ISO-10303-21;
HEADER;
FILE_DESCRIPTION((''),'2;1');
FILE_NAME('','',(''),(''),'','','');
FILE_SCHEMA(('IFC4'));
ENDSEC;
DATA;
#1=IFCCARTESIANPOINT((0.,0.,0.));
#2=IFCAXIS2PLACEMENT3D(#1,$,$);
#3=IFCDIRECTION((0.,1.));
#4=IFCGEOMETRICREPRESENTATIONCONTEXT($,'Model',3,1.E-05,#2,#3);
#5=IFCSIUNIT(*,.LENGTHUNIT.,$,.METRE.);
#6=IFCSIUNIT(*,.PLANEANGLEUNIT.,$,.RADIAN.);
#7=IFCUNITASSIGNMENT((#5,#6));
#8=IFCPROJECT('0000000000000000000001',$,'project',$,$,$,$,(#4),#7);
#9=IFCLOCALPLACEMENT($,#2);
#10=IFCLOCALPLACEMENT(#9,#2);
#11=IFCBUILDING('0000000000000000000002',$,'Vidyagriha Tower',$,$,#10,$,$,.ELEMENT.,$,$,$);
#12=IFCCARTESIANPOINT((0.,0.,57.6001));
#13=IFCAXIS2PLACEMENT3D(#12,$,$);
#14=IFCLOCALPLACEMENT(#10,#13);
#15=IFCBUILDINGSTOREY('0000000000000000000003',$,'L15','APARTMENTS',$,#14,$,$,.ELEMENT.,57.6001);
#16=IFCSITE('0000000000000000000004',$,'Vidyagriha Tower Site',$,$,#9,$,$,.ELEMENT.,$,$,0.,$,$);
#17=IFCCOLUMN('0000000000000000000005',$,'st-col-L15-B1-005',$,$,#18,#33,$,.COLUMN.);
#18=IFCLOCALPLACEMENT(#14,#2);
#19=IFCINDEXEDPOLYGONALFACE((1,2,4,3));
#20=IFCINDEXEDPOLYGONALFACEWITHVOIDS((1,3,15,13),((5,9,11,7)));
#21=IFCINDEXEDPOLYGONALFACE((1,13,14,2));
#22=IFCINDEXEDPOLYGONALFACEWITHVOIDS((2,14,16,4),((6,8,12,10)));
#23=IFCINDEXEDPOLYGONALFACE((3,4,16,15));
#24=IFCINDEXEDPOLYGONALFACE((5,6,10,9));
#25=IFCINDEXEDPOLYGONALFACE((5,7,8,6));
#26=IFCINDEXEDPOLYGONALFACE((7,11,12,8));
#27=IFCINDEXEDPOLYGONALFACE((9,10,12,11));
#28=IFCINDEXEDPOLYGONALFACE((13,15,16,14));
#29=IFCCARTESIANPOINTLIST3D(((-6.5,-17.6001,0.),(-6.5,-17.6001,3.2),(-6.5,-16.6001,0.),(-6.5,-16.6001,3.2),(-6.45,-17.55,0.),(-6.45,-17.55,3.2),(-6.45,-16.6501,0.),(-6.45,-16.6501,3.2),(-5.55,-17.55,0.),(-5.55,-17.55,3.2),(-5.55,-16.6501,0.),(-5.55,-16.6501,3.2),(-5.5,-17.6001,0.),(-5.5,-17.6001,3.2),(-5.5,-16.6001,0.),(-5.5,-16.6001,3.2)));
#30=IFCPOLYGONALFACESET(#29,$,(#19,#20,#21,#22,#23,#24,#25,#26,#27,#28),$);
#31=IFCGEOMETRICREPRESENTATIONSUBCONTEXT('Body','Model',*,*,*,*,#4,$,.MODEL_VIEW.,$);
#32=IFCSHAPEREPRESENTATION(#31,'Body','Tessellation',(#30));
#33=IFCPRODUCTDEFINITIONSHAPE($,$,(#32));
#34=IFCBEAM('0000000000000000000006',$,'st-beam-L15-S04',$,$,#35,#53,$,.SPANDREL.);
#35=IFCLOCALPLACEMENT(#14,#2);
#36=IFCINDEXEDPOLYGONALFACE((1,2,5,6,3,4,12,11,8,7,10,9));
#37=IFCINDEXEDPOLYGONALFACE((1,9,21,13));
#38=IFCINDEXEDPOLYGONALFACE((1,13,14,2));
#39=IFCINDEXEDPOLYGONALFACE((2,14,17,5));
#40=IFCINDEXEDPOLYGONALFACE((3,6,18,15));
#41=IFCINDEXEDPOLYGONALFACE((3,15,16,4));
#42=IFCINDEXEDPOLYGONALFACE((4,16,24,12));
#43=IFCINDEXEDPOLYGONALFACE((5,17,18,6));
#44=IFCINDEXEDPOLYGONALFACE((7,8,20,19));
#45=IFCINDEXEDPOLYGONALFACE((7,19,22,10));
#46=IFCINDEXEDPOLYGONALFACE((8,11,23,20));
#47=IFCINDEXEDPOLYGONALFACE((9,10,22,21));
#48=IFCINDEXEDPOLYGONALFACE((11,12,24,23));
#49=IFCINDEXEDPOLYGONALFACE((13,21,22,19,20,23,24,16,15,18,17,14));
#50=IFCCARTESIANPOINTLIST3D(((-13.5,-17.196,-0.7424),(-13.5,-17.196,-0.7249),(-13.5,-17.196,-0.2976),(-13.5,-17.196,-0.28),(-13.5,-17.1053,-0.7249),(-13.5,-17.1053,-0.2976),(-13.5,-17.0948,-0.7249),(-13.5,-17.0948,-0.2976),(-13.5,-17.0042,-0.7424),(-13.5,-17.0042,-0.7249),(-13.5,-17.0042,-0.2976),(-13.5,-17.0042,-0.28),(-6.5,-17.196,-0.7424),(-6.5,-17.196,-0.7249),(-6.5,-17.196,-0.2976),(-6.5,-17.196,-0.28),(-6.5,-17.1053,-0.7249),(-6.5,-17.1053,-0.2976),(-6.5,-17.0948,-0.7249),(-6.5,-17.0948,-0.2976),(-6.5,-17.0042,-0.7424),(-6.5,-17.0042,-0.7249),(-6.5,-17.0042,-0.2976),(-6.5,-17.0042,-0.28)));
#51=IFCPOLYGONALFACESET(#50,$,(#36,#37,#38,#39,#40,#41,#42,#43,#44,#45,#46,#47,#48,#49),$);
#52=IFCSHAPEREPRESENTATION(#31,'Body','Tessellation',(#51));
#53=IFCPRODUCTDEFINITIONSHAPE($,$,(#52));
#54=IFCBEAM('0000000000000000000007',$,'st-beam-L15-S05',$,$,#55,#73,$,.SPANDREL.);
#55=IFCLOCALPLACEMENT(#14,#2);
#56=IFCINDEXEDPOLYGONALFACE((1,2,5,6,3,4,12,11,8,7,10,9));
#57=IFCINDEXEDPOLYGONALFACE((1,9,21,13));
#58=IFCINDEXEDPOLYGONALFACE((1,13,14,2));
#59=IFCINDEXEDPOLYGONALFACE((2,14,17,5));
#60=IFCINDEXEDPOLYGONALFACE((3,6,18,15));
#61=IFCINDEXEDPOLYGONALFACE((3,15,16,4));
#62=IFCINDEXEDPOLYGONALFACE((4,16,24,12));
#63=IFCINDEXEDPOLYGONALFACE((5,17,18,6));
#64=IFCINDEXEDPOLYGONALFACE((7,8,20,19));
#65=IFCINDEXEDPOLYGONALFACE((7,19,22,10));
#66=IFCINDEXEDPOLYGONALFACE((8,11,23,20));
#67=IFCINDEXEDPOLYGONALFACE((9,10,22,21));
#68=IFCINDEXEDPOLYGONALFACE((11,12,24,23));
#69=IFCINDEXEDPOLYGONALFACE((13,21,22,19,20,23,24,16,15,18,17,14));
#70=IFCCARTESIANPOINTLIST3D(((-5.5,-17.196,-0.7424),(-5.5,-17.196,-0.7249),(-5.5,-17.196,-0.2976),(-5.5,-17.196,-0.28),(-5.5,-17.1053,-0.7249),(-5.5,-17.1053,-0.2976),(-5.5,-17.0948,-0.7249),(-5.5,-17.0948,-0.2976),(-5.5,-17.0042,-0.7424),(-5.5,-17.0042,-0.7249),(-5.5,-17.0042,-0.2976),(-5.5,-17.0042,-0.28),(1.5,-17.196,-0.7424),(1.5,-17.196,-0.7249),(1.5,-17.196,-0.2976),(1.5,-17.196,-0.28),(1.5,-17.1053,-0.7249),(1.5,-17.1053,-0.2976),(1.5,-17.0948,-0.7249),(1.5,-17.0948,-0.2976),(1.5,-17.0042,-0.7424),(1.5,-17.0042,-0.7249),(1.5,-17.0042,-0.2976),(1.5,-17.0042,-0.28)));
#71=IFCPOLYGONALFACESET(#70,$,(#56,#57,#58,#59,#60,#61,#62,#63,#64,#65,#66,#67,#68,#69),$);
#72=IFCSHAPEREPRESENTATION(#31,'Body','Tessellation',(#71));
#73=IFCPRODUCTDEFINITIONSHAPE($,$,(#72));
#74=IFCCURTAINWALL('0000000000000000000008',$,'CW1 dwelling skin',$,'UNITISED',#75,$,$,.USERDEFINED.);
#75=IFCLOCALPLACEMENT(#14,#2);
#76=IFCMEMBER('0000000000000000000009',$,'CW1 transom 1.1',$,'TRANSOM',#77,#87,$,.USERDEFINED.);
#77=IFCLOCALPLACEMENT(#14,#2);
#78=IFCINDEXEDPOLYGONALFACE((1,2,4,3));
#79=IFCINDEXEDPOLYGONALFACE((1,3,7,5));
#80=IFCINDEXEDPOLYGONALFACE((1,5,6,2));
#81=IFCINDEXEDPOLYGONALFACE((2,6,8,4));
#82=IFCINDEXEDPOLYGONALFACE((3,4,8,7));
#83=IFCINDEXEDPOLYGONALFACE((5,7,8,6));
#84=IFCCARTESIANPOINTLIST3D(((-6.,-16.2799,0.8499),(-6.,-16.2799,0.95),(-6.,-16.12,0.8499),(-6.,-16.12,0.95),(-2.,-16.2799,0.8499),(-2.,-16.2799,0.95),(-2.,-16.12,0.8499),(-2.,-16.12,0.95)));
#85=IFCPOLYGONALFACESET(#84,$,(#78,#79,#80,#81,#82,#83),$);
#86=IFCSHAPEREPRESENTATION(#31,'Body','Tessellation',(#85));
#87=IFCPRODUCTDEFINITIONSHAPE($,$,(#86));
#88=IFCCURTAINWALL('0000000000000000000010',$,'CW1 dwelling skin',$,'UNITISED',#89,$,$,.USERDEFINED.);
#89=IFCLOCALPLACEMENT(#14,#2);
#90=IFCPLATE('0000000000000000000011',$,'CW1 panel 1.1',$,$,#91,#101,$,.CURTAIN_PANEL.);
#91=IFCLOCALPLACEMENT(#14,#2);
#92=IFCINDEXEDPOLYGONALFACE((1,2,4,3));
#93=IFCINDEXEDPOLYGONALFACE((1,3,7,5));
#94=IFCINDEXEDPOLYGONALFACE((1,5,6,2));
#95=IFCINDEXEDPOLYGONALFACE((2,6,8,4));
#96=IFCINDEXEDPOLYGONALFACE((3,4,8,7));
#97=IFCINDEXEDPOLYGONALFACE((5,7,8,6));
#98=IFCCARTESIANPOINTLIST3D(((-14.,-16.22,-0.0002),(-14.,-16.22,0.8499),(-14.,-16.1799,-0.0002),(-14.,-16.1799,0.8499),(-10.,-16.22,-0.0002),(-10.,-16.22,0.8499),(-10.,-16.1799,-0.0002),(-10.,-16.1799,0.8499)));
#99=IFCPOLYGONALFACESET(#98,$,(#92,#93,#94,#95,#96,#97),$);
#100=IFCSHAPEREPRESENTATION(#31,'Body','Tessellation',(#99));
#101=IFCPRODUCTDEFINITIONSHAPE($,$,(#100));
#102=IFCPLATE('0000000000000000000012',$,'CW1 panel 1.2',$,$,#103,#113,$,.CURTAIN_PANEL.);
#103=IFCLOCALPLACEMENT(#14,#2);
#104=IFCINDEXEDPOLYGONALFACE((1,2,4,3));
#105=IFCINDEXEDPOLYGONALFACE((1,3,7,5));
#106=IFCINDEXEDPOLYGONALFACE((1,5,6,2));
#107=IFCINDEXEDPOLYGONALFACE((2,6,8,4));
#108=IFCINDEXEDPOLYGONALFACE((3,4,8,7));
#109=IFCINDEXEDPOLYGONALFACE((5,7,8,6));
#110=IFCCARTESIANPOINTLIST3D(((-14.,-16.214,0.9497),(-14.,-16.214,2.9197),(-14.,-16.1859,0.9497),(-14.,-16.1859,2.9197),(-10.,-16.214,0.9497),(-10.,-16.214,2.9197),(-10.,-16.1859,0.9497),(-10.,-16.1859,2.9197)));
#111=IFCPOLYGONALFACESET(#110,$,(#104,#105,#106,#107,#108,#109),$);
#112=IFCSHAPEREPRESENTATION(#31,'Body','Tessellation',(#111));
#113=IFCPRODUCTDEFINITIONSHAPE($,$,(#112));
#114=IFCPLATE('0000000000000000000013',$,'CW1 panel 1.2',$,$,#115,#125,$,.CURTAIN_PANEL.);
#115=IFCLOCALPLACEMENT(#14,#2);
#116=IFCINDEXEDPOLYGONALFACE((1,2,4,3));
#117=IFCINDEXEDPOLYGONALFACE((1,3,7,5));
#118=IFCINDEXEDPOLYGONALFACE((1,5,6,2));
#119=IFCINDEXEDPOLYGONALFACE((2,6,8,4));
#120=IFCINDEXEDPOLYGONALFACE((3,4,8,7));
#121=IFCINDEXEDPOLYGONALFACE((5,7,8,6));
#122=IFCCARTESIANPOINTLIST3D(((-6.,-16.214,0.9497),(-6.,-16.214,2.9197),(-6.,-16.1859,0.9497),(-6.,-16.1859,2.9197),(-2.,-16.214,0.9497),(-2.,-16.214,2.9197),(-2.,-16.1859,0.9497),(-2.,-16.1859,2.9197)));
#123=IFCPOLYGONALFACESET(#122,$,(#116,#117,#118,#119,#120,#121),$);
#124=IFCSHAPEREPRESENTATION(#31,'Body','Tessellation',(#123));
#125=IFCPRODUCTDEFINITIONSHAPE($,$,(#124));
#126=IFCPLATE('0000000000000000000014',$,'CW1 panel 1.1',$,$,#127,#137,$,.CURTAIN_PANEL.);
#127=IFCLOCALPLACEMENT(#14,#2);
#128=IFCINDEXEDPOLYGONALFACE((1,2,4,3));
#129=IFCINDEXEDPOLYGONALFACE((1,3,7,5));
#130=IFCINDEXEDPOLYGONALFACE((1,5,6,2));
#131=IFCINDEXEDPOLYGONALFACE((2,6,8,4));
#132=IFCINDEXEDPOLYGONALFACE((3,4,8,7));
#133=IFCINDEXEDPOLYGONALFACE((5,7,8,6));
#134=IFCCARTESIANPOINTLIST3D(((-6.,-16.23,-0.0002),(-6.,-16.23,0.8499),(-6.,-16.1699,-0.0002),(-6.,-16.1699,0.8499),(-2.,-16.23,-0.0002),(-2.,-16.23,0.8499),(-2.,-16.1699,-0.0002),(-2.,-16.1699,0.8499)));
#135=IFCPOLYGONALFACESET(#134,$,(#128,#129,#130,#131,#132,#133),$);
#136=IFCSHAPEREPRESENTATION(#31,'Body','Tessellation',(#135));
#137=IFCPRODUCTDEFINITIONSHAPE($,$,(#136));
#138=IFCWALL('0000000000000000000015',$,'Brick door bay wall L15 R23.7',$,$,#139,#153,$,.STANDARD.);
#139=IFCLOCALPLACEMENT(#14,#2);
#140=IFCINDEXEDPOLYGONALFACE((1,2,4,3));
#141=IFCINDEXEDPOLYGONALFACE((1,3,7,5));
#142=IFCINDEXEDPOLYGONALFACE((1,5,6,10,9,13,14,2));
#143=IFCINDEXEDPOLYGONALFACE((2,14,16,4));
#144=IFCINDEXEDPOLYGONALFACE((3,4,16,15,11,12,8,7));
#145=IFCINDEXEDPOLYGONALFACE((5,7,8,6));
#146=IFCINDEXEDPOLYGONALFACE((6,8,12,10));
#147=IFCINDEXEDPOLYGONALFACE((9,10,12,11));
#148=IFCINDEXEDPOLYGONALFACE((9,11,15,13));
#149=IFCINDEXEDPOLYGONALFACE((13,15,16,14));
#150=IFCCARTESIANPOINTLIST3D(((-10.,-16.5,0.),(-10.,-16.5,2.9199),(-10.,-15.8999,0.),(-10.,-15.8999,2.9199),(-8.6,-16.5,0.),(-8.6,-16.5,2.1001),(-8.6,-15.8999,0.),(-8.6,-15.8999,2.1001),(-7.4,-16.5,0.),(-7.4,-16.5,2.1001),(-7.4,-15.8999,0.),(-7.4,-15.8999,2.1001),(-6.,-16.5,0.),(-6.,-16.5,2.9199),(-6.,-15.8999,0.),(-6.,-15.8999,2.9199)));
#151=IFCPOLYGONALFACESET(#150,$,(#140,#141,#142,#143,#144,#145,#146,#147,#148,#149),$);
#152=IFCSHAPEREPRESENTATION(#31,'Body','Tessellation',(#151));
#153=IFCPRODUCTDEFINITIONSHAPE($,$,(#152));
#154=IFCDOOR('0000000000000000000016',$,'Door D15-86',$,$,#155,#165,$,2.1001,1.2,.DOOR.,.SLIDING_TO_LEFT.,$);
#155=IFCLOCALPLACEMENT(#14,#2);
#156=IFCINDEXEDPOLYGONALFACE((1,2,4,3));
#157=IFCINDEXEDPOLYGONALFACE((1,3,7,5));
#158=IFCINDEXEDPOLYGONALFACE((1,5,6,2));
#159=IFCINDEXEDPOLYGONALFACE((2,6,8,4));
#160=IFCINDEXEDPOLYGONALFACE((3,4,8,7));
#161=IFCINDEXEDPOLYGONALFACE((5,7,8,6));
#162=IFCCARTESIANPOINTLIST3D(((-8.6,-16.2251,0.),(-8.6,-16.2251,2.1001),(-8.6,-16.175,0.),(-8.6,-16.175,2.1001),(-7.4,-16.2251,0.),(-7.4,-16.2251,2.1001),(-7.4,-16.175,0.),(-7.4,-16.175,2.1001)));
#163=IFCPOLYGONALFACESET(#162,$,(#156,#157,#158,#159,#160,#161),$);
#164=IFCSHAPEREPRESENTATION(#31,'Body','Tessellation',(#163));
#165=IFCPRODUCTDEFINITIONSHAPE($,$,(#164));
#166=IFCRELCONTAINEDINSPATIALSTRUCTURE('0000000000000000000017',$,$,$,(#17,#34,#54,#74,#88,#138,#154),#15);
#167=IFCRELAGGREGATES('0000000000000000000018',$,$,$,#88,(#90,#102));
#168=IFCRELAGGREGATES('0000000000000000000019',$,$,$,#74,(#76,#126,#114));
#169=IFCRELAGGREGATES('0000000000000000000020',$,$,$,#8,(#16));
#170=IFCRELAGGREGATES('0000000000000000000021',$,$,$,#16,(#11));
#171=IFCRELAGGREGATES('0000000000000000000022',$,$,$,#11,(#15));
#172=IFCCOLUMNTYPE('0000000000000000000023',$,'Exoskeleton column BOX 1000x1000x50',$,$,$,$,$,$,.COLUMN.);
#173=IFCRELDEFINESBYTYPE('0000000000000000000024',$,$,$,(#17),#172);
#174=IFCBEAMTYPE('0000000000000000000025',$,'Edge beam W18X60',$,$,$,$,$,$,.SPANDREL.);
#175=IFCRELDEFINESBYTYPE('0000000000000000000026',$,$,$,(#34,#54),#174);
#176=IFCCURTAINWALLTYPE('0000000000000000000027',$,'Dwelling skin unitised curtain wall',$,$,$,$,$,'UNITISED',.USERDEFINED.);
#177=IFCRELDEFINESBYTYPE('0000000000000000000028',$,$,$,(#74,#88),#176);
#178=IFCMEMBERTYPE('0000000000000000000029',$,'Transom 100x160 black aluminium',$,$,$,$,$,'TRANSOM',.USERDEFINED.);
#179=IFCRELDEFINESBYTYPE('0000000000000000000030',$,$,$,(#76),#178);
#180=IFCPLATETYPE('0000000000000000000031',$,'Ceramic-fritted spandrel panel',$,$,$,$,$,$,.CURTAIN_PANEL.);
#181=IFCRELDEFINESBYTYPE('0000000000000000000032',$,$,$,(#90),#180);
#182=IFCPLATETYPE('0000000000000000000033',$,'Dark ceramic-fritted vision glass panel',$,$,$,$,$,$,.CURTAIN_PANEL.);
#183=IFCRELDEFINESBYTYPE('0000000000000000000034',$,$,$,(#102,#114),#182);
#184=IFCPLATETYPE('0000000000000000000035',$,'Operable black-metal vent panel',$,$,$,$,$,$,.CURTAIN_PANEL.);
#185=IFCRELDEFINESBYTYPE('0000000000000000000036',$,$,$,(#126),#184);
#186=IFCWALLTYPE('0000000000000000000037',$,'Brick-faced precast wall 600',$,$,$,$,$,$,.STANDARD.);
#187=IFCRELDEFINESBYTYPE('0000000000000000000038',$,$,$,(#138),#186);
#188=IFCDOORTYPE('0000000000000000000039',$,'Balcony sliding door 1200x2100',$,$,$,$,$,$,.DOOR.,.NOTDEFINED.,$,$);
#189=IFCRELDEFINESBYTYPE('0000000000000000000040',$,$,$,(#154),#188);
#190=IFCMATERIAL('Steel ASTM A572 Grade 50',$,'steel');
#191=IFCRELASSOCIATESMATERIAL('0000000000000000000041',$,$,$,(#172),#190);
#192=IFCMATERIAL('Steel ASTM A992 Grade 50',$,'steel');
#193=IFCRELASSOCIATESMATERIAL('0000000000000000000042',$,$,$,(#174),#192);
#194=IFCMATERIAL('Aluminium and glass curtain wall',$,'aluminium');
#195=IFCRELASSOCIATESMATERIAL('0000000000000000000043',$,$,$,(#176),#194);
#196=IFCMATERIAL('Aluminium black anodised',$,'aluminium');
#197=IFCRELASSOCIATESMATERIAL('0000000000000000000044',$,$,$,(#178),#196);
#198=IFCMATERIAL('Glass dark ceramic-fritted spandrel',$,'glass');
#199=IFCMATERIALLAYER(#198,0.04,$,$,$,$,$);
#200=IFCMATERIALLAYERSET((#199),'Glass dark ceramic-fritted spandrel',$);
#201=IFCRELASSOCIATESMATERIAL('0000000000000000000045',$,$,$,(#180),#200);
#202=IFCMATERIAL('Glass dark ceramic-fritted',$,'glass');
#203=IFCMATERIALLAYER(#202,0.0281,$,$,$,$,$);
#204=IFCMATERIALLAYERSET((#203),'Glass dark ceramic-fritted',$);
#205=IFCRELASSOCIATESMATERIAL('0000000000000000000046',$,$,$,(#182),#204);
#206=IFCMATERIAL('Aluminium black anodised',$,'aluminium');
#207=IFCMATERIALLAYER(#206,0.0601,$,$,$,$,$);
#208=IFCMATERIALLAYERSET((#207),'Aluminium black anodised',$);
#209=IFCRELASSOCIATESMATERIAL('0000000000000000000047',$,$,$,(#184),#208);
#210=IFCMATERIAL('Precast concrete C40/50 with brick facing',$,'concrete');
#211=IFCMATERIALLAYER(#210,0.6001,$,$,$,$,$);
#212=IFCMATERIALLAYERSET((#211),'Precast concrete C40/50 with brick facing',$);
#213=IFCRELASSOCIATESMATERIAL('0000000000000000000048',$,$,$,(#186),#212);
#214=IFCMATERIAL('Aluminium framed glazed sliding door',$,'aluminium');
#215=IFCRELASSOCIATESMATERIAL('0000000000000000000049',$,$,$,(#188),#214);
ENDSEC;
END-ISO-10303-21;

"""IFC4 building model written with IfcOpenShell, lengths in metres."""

from ifc_helpers import new_model, si_unit, direction, frame, frame_2d, origin, origin_2d, place, context, subcontext, project, spatial, rectangle, hollow_rectangle, i_section, extrude, material, layer, layer_set, material_profile, profile_set, type_object, element, fill, aggregate, save


model = new_model("IFC4")

# Units and contexts
model_context = context("Model", 3, precision=1e-05, world=origin(), true_north=direction((0.0, 1.0)))
body_context = subcontext(model_context, "Body", "Model", "MODEL_VIEW")
ifc_project = project(units=[si_unit("LENGTHUNIT", "METRE"), si_unit("PLANEANGLEUNIT", "RADIAN")], contexts=[model_context])

# Site, building, storey
site_placement = place(None, origin())
site = spatial("IfcSite", under=ifc_project, at=site_placement, Name="Vidyagriha Tower Site", CompositionType="ELEMENT", RefElevation=0.0)
building_placement = place(site_placement, origin())
building = spatial("IfcBuilding", under=site, at=building_placement, Name="Vidyagriha Tower", CompositionType="ELEMENT")
storey_placement = place(building_placement, frame((0.0, 0.0, 57.6001)))
storey = spatial("IfcBuildingStorey", under=building, at=storey_placement, Name="L15", Description="APARTMENTS", CompositionType="ELEMENT", Elevation=57.6001)

# Column
ifc_material_1 = material(Name="Steel ASTM A572 Grade 50", Category="steel")
ifc_material_profile_1 = material_profile(ifc_material_1, hollow_rectangle(XDim=1.0, YDim=1.0, WallThickness=0.05, at=origin_2d()), Name="BOX 1000x1000x50")
ifc_profile_set_1 = profile_set([ifc_material_profile_1], Name="Steel ASTM A572 Grade 50")
column_type = type_object("IfcColumnType", Name="Exoskeleton column BOX 1000x1000x50", PredefinedType="COLUMN", material=ifc_profile_set_1)
column_placement = place(storey_placement, frame((-6.0, -17.1001, 0.0)))
element("IfcColumn", 1, at=column_placement, inside=storey, type_object=column_type, Name="st-col-L15-B1-005", PredefinedType="COLUMN", context=body_context, shape_type="SweptSolid", body=[
    extrude(hollow_rectangle(XDim=1.0, YDim=1.0, WallThickness=0.05, at=origin_2d()), origin(), (0.0, 0.0, 1.0), 3.2),
])

# Beams
ifc_material_2 = material(Name="Steel ASTM A992 Grade 50", Category="steel")
ifc_material_profile_2 = material_profile(ifc_material_2, i_section(OverallWidth=0.1919, OverallDepth=0.4624, WebThickness=0.0105, FlangeThickness=0.0176, at=origin_2d()), Name="W18X60")
ifc_profile_set_2 = profile_set([ifc_material_profile_2], Name="Steel ASTM A992 Grade 50")
beam_type = type_object("IfcBeamType", Name="Edge beam W18X60", PredefinedType="SPANDREL", material=ifc_profile_set_2)
for number, where, z_axis, x_axis, name in (
    (2, (-13.5, -17.1001, -0.5112), (1.0, 0.0, 0.0), (0.0, 1.0, 0.0), "st-beam-L15-S04"),
    (3, (-5.5, -17.1001, -0.5112), (1.0, 0.0, 0.0), (0.0, 1.0, 0.0), "st-beam-L15-S05"),
):
    element("IfcBeam", number, at=place(storey_placement, frame(where, z_axis=z_axis, x_axis=x_axis)), inside=storey, type_object=beam_type, Name=name, PredefinedType="SPANDREL", context=body_context, shape_type="SweptSolid", body=[
        extrude(i_section(OverallWidth=0.1919, OverallDepth=0.4624, WebThickness=0.0105, FlangeThickness=0.0176, at=origin_2d()), origin(), (0.0, 0.0, 1.0), 7.0),
    ])

# Curtain wall, member
ifc_material_3 = material(Name="Aluminium and glass curtain wall", Category="aluminium")
curtain_wall_type = type_object("IfcCurtainWallType", Name="Dwelling skin unitised curtain wall", ElementType="UNITISED", PredefinedType="USERDEFINED", material=ifc_material_3)
curtain_wall_1_placement = place(storey_placement, origin())
curtain_wall_1 = element("IfcCurtainWall", 4, at=curtain_wall_1_placement, inside=storey, type_object=curtain_wall_type, Name="CW1 dwelling skin", ObjectType="UNITISED", PredefinedType="USERDEFINED")
ifc_material_4 = material(Name="Aluminium black anodised", Category="aluminium")
ifc_material_profile_3 = material_profile(ifc_material_4, rectangle(XDim=0.1599, YDim=0.1001, at=origin_2d()), Name="Transom 100x160 black aluminium")
ifc_profile_set_3 = profile_set([ifc_material_profile_3], Name="Aluminium black anodised")
member_type = type_object("IfcMemberType", Name="Transom 100x160 black aluminium", ElementType="TRANSOM", PredefinedType="USERDEFINED", material=ifc_profile_set_3)
member_placement = place(storey_placement, frame((-6.0, -16.2, 0.8999), z_axis=(1.0, 0.0, 0.0), x_axis=(0.0, 1.0, 0.0)))
member = element("IfcMember", 5, at=member_placement, type_object=member_type, Name="CW1 transom 1.1", ObjectType="TRANSOM", PredefinedType="USERDEFINED", context=body_context, shape_type="SweptSolid", body=[
    extrude(rectangle(XDim=0.1599, YDim=0.1001, at=origin_2d()), origin(), (0.0, 0.0, 1.0), 4.0),
])

# Curtain wall, plates
curtain_wall_2_placement = place(storey_placement, origin())
curtain_wall_2 = element("IfcCurtainWall", 6, at=curtain_wall_2_placement, inside=storey, type_object=curtain_wall_type, Name="CW1 dwelling skin", ObjectType="UNITISED", PredefinedType="USERDEFINED")
ifc_material_5 = material(Name="Glass dark ceramic-fritted spandrel", Category="glass")
ifc_layer_1 = layer(ifc_material_5, 0.04)
ifc_layer_set_1 = layer_set([ifc_layer_1], Name="Glass dark ceramic-fritted spandrel")
plate_type_1 = type_object("IfcPlateType", Name="Ceramic-fritted spandrel panel", PredefinedType="CURTAIN_PANEL", material=ifc_layer_set_1)
plate_1_placement = place(storey_placement, frame((-12.0, -16.2, -0.0002)))
plate_1 = element("IfcPlate", 7, at=plate_1_placement, type_object=plate_type_1, Name="CW1 panel 1.1", PredefinedType="CURTAIN_PANEL", context=body_context, shape_type="SweptSolid", body=[
    extrude(rectangle(XDim=4.0, YDim=0.04, at=origin_2d()), origin(), (0.0, 0.0, 1.0), 0.8501),
])
ifc_material_6 = material(Name="Glass dark ceramic-fritted", Category="glass")
ifc_layer_2 = layer(ifc_material_6, 0.0281)
ifc_layer_set_2 = layer_set([ifc_layer_2], Name="Glass dark ceramic-fritted")
plate_type_2 = type_object("IfcPlateType", Name="Dark ceramic-fritted vision glass panel", PredefinedType="CURTAIN_PANEL", material=ifc_layer_set_2)
plate_2_placement = place(storey_placement, frame((-12.0, -16.2, 0.9497)))
plate_2 = element("IfcPlate", 8, at=plate_2_placement, type_object=plate_type_2, Name="CW1 panel 1.2", PredefinedType="CURTAIN_PANEL", context=body_context, shape_type="SweptSolid", body=[
    extrude(rectangle(XDim=4.0, YDim=0.0281, at=origin_2d()), origin(), (0.0, 0.0, 1.0), 1.97),
])
aggregate(curtain_wall_2, [plate_1, plate_2])

# Plates
plate_3_placement = place(storey_placement, frame((-4.0, -16.2, 0.9497)))
plate_3 = element("IfcPlate", 9, at=plate_3_placement, type_object=plate_type_2, Name="CW1 panel 1.2", PredefinedType="CURTAIN_PANEL", context=body_context, shape_type="SweptSolid", body=[
    extrude(rectangle(XDim=4.0, YDim=0.0281, at=origin_2d()), origin(), (0.0, 0.0, 1.0), 1.97),
])
ifc_material_7 = material(Name="Aluminium black anodised", Category="aluminium")
ifc_layer_3 = layer(ifc_material_7, 0.0601)
ifc_layer_set_3 = layer_set([ifc_layer_3], Name="Aluminium black anodised")
plate_type_3 = type_object("IfcPlateType", Name="Operable black-metal vent panel", PredefinedType="CURTAIN_PANEL", material=ifc_layer_set_3)
plate_4_placement = place(storey_placement, frame((-4.0, -16.2, -0.0002)))
plate_4 = element("IfcPlate", 10, at=plate_4_placement, type_object=plate_type_3, Name="CW1 panel 1.1", PredefinedType="CURTAIN_PANEL", context=body_context, shape_type="SweptSolid", body=[
    extrude(rectangle(XDim=4.0, YDim=0.0601, at=origin_2d()), origin(), (0.0, 0.0, 1.0), 0.8501),
])
aggregate(curtain_wall_1, [member, plate_4, plate_3])

# Wall, opening, door
ifc_material_8 = material(Name="Precast concrete C40/50 with brick facing", Category="concrete")
ifc_layer_4 = layer(ifc_material_8, 0.6001)
ifc_layer_set_4 = layer_set([ifc_layer_4], Name="Precast concrete C40/50 with brick facing")
wall_type = type_object("IfcWallType", Name="Brick-faced precast wall 600", PredefinedType="STANDARD", material=ifc_layer_set_4)
wall_placement = place(storey_placement, frame((-10.0, -16.2, 0.0)))
wall = element("IfcWall", 11, at=wall_placement, inside=storey, type_object=wall_type, Name="Brick door bay wall L15 R23.7", PredefinedType="STANDARD", context=body_context, shape_type="SweptSolid", body=[
    extrude(rectangle(XDim=4.0, YDim=0.6001, at=frame_2d((2.0, 0.0))), origin(), (0.0, 0.0, 1.0), 2.9199),
])
opening_placement = place(wall_placement, frame((1.3999, 0.0, 0.0)))
opening = element("IfcOpeningElement", 12, at=opening_placement, cuts=wall, PredefinedType="OPENING", context=body_context, shape_type="SweptSolid", body=[
    extrude(rectangle(XDim=1.2, YDim=2.1001, at=frame_2d((0.6001, 1.05))), frame((0.0, 0.3101, 0.0), z_axis=(0.0, -1.0, 0.0), x_axis=(1.0, 0.0, 0.0)), (0.0, 0.0, 1.0), 0.6201),
])
ifc_material_9 = material(Name="Aluminium framed glazed sliding door", Category="aluminium")
door_type = type_object("IfcDoorType", Name="Balcony sliding door 1200x2100", OperationType="NOTDEFINED", PredefinedType="DOOR", material=ifc_material_9)
door_placement = place(opening_placement, origin())
door = element("IfcDoor", 13, at=door_placement, inside=storey, type_object=door_type, Name="Door D15-86", OperationType="SLIDING_TO_LEFT", OverallHeight=2.1001, OverallWidth=1.2, PredefinedType="DOOR", context=body_context, shape_type="SweptSolid", body=[
    extrude(rectangle(XDim=1.2, YDim=2.1001, at=frame_2d((0.6001, 1.05))), frame((0.0, 0.0249, 0.0), z_axis=(0.0, -1.0, 0.0), x_axis=(1.0, 0.0, 0.0)), (0.0, 0.0, 1.0), 0.05),
])
fill(opening, door)

save(model, "model.ifc")
